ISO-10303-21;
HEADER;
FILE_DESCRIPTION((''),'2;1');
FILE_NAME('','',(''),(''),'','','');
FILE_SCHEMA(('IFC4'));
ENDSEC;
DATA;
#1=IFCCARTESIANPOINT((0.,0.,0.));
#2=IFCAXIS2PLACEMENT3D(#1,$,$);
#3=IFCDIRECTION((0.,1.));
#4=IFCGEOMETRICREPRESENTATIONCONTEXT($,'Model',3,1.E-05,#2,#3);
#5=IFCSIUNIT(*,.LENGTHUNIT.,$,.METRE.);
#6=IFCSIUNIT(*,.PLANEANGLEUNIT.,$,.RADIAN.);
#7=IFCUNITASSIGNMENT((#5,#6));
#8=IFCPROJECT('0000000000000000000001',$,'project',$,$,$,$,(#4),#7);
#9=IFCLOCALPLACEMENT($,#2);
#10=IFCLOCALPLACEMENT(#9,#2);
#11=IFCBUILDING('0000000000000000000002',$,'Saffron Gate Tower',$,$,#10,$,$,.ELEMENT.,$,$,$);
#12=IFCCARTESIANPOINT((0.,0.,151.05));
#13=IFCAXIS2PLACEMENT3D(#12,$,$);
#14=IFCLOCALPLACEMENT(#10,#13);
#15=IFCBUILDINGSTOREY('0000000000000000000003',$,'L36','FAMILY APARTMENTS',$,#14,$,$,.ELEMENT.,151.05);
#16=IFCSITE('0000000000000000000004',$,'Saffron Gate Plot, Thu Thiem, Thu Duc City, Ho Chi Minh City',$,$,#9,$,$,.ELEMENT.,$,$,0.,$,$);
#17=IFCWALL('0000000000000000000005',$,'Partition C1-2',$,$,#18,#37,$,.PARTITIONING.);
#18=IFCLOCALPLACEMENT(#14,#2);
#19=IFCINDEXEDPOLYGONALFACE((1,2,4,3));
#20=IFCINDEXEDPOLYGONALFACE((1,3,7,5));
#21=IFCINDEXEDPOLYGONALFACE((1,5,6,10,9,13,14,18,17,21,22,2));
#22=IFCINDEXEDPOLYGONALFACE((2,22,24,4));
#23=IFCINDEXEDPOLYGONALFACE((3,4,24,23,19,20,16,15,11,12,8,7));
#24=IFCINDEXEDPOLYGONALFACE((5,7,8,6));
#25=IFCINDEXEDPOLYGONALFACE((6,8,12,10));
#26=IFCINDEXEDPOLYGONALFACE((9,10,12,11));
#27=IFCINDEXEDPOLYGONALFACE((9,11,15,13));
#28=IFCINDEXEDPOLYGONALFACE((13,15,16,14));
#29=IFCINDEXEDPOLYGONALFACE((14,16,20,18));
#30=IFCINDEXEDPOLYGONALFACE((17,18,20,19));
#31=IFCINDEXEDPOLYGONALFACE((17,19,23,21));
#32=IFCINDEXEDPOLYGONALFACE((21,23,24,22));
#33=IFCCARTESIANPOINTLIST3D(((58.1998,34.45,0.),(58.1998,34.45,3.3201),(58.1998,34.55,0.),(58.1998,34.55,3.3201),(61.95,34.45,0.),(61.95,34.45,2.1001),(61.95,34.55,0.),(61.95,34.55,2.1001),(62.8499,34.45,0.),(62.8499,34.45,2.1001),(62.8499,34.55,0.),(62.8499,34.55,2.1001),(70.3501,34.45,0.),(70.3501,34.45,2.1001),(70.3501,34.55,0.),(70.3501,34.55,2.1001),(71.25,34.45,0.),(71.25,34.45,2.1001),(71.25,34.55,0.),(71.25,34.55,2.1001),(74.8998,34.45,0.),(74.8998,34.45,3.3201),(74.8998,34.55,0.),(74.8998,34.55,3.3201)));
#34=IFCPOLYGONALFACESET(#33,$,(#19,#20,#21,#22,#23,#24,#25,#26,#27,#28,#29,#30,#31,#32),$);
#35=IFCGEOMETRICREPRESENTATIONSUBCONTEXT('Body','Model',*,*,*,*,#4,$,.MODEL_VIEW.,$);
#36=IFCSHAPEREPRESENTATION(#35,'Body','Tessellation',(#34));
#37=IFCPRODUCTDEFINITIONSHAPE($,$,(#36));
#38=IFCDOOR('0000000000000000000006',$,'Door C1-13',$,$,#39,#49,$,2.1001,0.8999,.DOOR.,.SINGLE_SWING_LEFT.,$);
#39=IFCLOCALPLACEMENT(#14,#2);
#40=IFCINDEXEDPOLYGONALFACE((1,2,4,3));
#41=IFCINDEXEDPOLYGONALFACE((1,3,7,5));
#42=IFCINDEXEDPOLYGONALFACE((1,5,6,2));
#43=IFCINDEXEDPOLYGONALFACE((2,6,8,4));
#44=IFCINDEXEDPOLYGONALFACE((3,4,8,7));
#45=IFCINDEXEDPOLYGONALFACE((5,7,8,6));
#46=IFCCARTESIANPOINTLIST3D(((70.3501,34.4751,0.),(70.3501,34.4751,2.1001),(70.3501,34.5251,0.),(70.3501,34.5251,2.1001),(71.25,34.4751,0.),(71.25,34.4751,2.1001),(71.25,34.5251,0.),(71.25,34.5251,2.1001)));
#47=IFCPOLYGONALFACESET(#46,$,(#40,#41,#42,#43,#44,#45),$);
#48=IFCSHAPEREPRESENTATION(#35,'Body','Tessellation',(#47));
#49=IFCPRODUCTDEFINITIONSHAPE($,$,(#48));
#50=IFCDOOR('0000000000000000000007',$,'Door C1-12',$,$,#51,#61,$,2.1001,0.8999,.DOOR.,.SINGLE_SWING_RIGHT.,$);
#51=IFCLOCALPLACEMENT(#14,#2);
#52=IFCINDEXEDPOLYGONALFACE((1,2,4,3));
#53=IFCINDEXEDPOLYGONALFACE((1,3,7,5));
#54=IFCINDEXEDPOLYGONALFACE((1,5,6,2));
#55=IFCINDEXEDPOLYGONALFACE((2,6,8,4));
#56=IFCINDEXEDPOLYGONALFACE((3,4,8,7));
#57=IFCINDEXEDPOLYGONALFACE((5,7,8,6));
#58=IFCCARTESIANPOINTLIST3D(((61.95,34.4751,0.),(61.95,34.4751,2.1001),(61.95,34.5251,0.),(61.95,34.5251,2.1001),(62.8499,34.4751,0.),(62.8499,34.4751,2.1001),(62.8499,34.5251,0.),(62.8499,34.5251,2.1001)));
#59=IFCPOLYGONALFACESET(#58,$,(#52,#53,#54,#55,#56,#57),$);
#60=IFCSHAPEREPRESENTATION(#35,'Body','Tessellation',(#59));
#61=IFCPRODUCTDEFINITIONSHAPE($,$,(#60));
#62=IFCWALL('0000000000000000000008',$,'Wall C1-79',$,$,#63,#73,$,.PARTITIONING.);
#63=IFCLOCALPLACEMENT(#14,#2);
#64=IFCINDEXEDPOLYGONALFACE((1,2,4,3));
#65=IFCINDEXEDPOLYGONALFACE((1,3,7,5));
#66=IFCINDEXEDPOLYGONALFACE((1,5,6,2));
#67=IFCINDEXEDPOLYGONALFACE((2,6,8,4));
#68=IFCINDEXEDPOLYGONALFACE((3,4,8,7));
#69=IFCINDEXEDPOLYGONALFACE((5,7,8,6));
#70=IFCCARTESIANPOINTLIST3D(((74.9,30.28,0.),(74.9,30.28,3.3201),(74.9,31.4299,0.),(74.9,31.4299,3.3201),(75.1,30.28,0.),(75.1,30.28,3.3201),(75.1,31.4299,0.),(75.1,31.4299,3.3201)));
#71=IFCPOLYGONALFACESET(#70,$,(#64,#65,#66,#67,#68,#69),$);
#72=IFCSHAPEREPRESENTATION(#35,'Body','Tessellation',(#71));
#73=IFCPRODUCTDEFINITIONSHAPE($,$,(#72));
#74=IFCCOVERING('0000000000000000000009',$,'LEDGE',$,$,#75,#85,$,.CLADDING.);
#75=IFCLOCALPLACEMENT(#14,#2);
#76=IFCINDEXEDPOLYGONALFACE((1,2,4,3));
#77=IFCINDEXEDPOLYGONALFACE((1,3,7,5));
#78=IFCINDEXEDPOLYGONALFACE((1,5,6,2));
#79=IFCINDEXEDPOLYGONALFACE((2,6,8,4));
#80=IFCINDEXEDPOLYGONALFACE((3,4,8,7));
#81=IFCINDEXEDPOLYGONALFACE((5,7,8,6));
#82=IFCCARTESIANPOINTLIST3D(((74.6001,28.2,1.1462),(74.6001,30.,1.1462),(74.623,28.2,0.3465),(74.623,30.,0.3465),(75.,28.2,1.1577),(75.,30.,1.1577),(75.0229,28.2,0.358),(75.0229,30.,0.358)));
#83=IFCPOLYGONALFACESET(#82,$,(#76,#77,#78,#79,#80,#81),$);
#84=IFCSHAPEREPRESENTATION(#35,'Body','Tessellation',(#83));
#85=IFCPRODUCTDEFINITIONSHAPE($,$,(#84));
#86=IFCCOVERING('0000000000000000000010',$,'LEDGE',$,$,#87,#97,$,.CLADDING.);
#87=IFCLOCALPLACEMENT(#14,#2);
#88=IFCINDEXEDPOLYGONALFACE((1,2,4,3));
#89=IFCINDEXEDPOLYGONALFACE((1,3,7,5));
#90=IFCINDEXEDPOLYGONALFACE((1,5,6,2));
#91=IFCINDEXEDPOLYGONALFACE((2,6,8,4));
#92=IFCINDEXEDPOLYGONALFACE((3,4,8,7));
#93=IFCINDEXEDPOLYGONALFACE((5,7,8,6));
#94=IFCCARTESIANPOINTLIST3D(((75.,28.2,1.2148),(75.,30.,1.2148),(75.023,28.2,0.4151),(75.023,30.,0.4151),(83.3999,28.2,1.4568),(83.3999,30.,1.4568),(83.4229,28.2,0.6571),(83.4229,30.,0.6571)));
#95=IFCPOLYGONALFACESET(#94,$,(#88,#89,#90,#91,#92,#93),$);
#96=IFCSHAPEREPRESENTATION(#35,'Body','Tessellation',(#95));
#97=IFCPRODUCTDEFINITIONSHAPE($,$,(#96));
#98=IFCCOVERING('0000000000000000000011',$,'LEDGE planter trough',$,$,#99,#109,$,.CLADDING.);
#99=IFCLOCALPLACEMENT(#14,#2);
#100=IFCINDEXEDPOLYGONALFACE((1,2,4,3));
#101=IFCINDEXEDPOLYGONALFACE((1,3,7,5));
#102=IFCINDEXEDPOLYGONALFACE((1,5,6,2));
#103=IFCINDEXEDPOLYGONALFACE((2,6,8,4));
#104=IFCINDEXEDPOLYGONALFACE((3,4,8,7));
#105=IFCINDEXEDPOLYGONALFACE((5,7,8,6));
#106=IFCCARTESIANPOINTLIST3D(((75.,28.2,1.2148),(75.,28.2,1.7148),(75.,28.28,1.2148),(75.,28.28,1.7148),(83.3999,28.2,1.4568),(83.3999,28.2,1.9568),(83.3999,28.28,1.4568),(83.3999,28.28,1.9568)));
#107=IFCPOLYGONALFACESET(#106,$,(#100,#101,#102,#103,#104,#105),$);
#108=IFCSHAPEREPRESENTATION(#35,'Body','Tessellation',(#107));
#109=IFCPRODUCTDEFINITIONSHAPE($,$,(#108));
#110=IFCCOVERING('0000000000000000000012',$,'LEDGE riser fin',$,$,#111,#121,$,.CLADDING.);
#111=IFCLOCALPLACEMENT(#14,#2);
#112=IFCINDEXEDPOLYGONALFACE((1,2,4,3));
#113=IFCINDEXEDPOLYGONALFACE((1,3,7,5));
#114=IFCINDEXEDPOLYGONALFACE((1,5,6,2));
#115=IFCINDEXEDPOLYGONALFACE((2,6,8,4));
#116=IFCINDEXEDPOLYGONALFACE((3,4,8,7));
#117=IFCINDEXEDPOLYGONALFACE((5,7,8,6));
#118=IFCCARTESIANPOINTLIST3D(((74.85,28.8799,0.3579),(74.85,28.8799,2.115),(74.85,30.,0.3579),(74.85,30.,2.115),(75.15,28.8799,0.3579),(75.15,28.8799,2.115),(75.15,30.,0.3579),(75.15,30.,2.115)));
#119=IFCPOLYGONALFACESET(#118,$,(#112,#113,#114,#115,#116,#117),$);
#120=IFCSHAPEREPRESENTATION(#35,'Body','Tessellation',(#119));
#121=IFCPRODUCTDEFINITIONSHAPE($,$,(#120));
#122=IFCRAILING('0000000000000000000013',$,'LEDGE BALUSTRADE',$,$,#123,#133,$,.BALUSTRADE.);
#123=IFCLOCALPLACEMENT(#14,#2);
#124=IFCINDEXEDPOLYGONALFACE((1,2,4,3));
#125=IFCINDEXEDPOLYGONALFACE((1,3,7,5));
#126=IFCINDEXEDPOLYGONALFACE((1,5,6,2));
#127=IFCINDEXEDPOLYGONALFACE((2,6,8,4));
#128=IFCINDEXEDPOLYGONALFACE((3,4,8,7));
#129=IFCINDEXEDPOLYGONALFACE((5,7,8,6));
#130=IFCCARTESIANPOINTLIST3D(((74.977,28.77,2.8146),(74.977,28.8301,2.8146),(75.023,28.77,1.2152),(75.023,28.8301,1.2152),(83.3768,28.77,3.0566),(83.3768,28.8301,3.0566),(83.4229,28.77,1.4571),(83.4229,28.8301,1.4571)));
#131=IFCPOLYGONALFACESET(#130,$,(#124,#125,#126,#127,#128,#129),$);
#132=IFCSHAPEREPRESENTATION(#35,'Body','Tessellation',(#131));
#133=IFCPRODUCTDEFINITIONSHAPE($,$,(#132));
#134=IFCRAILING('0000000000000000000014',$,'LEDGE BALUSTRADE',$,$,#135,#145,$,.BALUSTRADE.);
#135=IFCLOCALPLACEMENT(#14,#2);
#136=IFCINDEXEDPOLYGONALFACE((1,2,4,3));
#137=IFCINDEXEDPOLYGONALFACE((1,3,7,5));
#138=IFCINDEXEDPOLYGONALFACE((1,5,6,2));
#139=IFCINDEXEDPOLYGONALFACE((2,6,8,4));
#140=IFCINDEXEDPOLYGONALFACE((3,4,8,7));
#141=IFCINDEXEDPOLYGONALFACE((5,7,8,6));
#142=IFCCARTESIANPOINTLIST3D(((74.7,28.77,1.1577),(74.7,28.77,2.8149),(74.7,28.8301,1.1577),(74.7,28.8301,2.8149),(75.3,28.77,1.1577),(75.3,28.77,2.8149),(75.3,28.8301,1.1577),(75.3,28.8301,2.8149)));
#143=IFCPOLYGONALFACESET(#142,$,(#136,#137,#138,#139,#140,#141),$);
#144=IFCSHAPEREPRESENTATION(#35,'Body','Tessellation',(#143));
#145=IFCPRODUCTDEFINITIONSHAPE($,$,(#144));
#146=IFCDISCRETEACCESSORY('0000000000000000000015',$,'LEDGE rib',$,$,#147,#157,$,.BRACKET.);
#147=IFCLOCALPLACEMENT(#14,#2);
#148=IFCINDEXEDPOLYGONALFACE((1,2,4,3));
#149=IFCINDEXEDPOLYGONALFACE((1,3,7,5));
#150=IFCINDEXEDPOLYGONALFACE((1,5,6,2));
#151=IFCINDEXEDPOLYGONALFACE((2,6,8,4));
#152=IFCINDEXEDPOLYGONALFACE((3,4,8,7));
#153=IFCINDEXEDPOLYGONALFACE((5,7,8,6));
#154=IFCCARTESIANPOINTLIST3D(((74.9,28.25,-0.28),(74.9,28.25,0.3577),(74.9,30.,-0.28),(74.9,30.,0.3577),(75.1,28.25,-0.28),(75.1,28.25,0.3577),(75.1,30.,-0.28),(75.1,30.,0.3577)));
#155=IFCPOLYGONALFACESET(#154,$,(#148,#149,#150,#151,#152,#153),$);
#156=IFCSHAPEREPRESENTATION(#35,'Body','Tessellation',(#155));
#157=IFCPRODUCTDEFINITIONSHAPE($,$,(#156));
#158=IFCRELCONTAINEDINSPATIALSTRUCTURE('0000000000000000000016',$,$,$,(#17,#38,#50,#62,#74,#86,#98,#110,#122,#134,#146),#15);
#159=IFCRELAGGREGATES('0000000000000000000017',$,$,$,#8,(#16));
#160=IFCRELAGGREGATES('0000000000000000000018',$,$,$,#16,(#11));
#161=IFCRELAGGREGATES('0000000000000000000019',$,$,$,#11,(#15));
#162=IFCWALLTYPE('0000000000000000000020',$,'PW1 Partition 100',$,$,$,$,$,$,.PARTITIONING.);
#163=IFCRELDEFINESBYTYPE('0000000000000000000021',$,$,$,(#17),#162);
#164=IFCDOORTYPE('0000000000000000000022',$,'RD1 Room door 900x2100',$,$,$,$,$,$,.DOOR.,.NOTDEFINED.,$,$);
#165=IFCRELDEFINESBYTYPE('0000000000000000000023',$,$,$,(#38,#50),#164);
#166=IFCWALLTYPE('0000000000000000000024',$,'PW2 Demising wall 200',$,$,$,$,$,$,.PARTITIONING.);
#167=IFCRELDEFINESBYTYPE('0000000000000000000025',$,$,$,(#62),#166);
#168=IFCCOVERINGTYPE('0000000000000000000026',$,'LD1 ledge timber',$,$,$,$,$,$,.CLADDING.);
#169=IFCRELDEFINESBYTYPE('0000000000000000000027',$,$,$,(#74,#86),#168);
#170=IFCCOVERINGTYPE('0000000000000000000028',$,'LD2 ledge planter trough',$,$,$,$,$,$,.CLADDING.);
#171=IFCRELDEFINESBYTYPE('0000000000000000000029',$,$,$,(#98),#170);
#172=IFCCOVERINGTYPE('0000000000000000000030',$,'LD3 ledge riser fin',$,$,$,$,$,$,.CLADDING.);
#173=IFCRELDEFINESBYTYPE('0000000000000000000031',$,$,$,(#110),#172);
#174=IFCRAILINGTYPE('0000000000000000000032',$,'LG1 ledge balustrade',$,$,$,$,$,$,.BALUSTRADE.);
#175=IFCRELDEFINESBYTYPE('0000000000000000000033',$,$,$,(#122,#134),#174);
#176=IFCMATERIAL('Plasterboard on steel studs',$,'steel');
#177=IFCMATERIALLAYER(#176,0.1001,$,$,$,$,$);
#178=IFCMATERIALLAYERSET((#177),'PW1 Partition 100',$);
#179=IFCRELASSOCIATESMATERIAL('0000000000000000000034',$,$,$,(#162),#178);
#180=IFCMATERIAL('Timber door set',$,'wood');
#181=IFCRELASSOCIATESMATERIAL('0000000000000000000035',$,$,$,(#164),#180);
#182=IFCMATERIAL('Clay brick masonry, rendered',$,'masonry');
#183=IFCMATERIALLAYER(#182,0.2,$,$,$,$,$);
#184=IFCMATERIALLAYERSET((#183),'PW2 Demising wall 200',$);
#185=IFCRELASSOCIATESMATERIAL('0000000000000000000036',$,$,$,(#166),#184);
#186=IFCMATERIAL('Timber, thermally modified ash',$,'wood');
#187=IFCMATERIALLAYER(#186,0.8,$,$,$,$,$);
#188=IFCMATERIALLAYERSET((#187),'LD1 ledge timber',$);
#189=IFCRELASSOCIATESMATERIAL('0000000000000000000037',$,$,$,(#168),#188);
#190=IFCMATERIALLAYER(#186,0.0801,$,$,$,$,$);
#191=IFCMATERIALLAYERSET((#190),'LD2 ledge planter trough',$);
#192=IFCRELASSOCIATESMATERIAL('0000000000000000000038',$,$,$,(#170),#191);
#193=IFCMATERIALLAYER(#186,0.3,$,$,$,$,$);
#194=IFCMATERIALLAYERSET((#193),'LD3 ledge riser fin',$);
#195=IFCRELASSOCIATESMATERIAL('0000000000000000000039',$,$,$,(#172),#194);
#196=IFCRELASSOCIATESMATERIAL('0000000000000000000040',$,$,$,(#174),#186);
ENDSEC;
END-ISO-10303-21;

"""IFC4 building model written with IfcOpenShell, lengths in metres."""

from ifc_helpers import new_model, si_unit, direction, frame, frame_2d, origin, origin_2d, place, context, subcontext, project, spatial, polyline, rectangle, outline, extrude, material, layer, layer_set, type_object, element, fill, save


model = new_model("IFC4")

# Units and contexts
model_context = context("Model", 3, precision=1e-05, world=origin(), true_north=direction((0.0, 1.0)))
body_context = subcontext(model_context, "Body", "Model", "MODEL_VIEW")
ifc_project = project(units=[si_unit("LENGTHUNIT", "METRE"), si_unit("PLANEANGLEUNIT", "RADIAN")], contexts=[model_context])

# Site, building, storey
site_placement = place(None, origin())
site = spatial("IfcSite", under=ifc_project, at=site_placement, Name="Saffron Gate Plot, Thu Thiem, Thu Duc City, Ho Chi Minh City", CompositionType="ELEMENT", RefElevation=0.0)
building_placement = place(site_placement, origin())
building = spatial("IfcBuilding", under=site, at=building_placement, Name="Saffron Gate Tower", CompositionType="ELEMENT")
storey_placement = place(building_placement, frame((0.0, 0.0, 151.05)))
storey = spatial("IfcBuildingStorey", under=building, at=storey_placement, Name="L36", Description="FAMILY APARTMENTS", CompositionType="ELEMENT", Elevation=151.05)

# Wall, openings, doors
ifc_material_1 = material(Name="Plasterboard on steel studs", Category="steel")
ifc_layer_1 = layer(ifc_material_1, 0.1001)
ifc_layer_set_1 = layer_set([ifc_layer_1], Name="PW1 Partition 100")
wall_type_1 = type_object("IfcWallType", Name="PW1 Partition 100", PredefinedType="PARTITIONING", material=ifc_layer_set_1)
wall_1_placement = place(storey_placement, frame((74.8999, 34.5, 0.0), z_axis=(0.0, 0.0, 1.0), x_axis=(-1.0, 0.0, 0.0)))
wall_1 = element("IfcWall", 1, at=wall_1_placement, inside=storey, type_object=wall_type_1, Name="Partition C1-2", PredefinedType="PARTITIONING", context=body_context, shape_type="SweptSolid", body=[
    extrude(rectangle(XDim=16.7, YDim=0.1001, at=frame_2d((8.3501, 0.0))), origin(), (0.0, 0.0, 1.0), 3.3201),
])
opening_1_placement = place(wall_1_placement, frame((3.6499, 0.0, 0.0)))
opening_1 = element("IfcOpeningElement", 2, at=opening_1_placement, cuts=wall_1, PredefinedType="OPENING", context=body_context, shape_type="SweptSolid", body=[
    extrude(rectangle(XDim=0.8999, YDim=2.1001, at=frame_2d((0.45, 1.05))), frame((0.0, 0.0601, 0.0), z_axis=(0.0, -1.0, 0.0), x_axis=(1.0, 0.0, 0.0)), (0.0, 0.0, 1.0), 0.1201),
])
opening_2_placement = place(wall_1_placement, frame((12.05, 0.0, 0.0)))
opening_2 = element("IfcOpeningElement", 3, at=opening_2_placement, cuts=wall_1, PredefinedType="OPENING", context=body_context, shape_type="SweptSolid", body=[
    extrude(rectangle(XDim=0.8999, YDim=2.1001, at=frame_2d((0.45, 1.05))), frame((0.0, 0.0601, 0.0), z_axis=(0.0, -1.0, 0.0), x_axis=(1.0, 0.0, 0.0)), (0.0, 0.0, 1.0), 0.1201),
])
ifc_material_2 = material(Name="Timber door set", Category="wood")
door_type = type_object("IfcDoorType", Name="RD1 Room door 900x2100", OperationType="NOTDEFINED", PredefinedType="DOOR", material=ifc_material_2)
door_1_placement = place(opening_1_placement, origin())
door_1 = element("IfcDoor", 4, at=door_1_placement, inside=storey, type_object=door_type, Name="Door C1-13", OperationType="SINGLE_SWING_LEFT", OverallHeight=2.1001, OverallWidth=0.8999, PredefinedType="DOOR", context=body_context, shape_type="SweptSolid", body=[
    extrude(rectangle(XDim=0.8999, YDim=2.1001, at=frame_2d((0.45, 1.05))), frame((0.0, 0.0249, 0.0), z_axis=(0.0, -1.0, 0.0), x_axis=(1.0, 0.0, 0.0)), (0.0, 0.0, 1.0), 0.05),
])
fill(opening_1, door_1)
door_2_placement = place(opening_2_placement, origin())
door_2 = element("IfcDoor", 5, at=door_2_placement, inside=storey, type_object=door_type, Name="Door C1-12", OperationType="SINGLE_SWING_RIGHT", OverallHeight=2.1001, OverallWidth=0.8999, PredefinedType="DOOR", context=body_context, shape_type="SweptSolid", body=[
    extrude(rectangle(XDim=0.8999, YDim=2.1001, at=frame_2d((0.45, 1.05))), frame((0.0, 0.0249, 0.0), z_axis=(0.0, -1.0, 0.0), x_axis=(1.0, 0.0, 0.0)), (0.0, 0.0, 1.0), 0.05),
])
fill(opening_2, door_2)

# Wall
ifc_material_3 = material(Name="Clay brick masonry, rendered", Category="masonry")
ifc_layer_2 = layer(ifc_material_3, 0.2)
ifc_layer_set_2 = layer_set([ifc_layer_2], Name="PW2 Demising wall 200")
wall_type_2 = type_object("IfcWallType", Name="PW2 Demising wall 200", PredefinedType="PARTITIONING", material=ifc_layer_set_2)
wall_2_placement = place(storey_placement, frame((75.0, 31.4299, 0.0), z_axis=(0.0, 0.0, 1.0), x_axis=(0.0, -1.0, 0.0)))
element("IfcWall", 6, at=wall_2_placement, inside=storey, type_object=wall_type_2, Name="Wall C1-79", PredefinedType="PARTITIONING", context=body_context, shape_type="SweptSolid", body=[
    extrude(rectangle(XDim=1.1499, YDim=0.2, at=frame_2d((0.575, 0.0))), origin(), (0.0, 0.0, 1.0), 3.3201),
])

# Coverings
ifc_material_4 = material(Name="Timber, thermally modified ash", Category="wood")
ifc_layer_3 = layer(ifc_material_4, 0.8)
ifc_layer_set_3 = layer_set([ifc_layer_3], Name="LD1 ledge timber")
covering_type_1 = type_object("IfcCoveringType", Name="LD1 ledge timber", PredefinedType="CLADDING", material=ifc_layer_set_3)
covering_1_placement = place(storey_placement, frame((74.6001, 30.0, 1.1462), z_axis=(-0.028682, 0.0, 0.999589), x_axis=(0.999589, 0.0, 0.028682)))
element("IfcCovering", 7, at=covering_1_placement, inside=storey, type_object=covering_type_1, Name="LEDGE", PredefinedType="CLADDING", context=body_context, shape_type="SweptSolid", body=[
    extrude(outline(polyline([(0.0, 0.0), (0.4001, 0.0), (0.4001, -1.8), (0.0, -1.8), (0.0, 0.0)])), origin(), (0.0, 0.0, -1.0), 0.8),
])
covering_2_placement = place(storey_placement, frame((75.0, 30.0, 1.2148), z_axis=(-0.028791, 0.0, 0.999585), x_axis=(0.999585, 0.0, 0.028791)))
element("IfcCovering", 8, at=covering_2_placement, inside=storey, type_object=covering_type_1, Name="LEDGE", PredefinedType="CLADDING", context=body_context, shape_type="SweptSolid", body=[
    extrude(outline(polyline([(0.0, 0.0), (8.4034, 0.0), (8.4034, -1.8), (0.0, -1.8), (0.0, 0.0)])), origin(), (0.0, 0.0, -1.0), 0.8),
])
ifc_layer_4 = layer(ifc_material_4, 0.0801)
ifc_layer_set_4 = layer_set([ifc_layer_4], Name="LD2 ledge planter trough")
covering_type_2 = type_object("IfcCoveringType", Name="LD2 ledge planter trough", PredefinedType="CLADDING", material=ifc_layer_set_4)
covering_3_placement = place(storey_placement, frame((75.0, 28.2, 1.2148), z_axis=(0.0, -1.0, 0.0), x_axis=(0.999585, 0.0, 0.028791)))
element("IfcCovering", 9, at=covering_3_placement, inside=storey, type_object=covering_type_2, Name="LEDGE planter trough", PredefinedType="CLADDING", context=body_context, shape_type="SweptSolid", body=[
    extrude(outline(polyline([(0.0, 0.0), (8.4034, 0.0), (8.4178, 0.4998), (0.0144, 0.4998), (0.0, 0.0)])), origin(), (0.0, 0.0, -1.0), 0.0801),
])
ifc_layer_5 = layer(ifc_material_4, 0.3)
ifc_layer_set_5 = layer_set([ifc_layer_5], Name="LD3 ledge riser fin")
covering_type_3 = type_object("IfcCoveringType", Name="LD3 ledge riser fin", PredefinedType="CLADDING", material=ifc_layer_set_5)
covering_4_placement = place(storey_placement, frame((75.0, 29.4399, 0.3579), z_axis=(0.0, 0.0, 1.0), x_axis=(1.0, 0.0, 0.0)))
element("IfcCovering", 10, at=covering_4_placement, inside=storey, type_object=covering_type_3, Name="LEDGE riser fin", PredefinedType="CLADDING", context=body_context, shape_type="SweptSolid", body=[
    extrude(rectangle(XDim=0.3, YDim=1.1201, at=origin_2d()), origin(), (0.0, 0.0, 1.0), 1.7571),
])

# Railings
railing_type = type_object("IfcRailingType", Name="LG1 ledge balustrade", PredefinedType="BALUSTRADE", material=ifc_material_4)
railing_1_placement = place(storey_placement, frame((75.0, 28.8, 1.2148)))
element("IfcRailing", 11, at=railing_1_placement, inside=storey, type_object=railing_type, Name="LEDGE BALUSTRADE", PredefinedType="BALUSTRADE", context=body_context, shape_type="SweptSolid", body=[
    extrude(rectangle(XDim=0.0601, YDim=1.6001, at=origin_2d()), frame((0.0, 0.0, 0.8), z_axis=(0.999585, 0.0, 0.028791), x_axis=(0.0, 1.0, 0.0)), (0.0, 0.0, 1.0), 8.4033),
])
railing_2_placement = place(storey_placement, frame((74.7, 28.8, 1.1577)))
element("IfcRailing", 12, at=railing_2_placement, inside=storey, type_object=railing_type, Name="LEDGE BALUSTRADE", PredefinedType="BALUSTRADE", context=body_context, shape_type="SweptSolid", body=[
    extrude(rectangle(XDim=0.0601, YDim=1.6572, at=origin_2d()), frame((0.0, 0.0, 0.8286), z_axis=(1.0, 0.0, 0.0), x_axis=(0.0, 1.0, 0.0)), (0.0, 0.0, 1.0), 0.6001),
])

# Discrete accessory
discrete_accessory_placement = place(storey_placement, frame((75.0, 29.125, -0.28), z_axis=(0.0, 0.0, 1.0), x_axis=(1.0, 0.0, 0.0)))
element("IfcDiscreteAccessory", 13, at=discrete_accessory_placement, inside=storey, Name="LEDGE rib", PredefinedType="BRACKET", context=body_context, shape_type="SweptSolid", body=[
    extrude(rectangle(XDim=0.2, YDim=1.75, at=origin_2d()), origin(), (0.0, 0.0, 1.0), 0.6377),
])

save(model, "model.ifc")
